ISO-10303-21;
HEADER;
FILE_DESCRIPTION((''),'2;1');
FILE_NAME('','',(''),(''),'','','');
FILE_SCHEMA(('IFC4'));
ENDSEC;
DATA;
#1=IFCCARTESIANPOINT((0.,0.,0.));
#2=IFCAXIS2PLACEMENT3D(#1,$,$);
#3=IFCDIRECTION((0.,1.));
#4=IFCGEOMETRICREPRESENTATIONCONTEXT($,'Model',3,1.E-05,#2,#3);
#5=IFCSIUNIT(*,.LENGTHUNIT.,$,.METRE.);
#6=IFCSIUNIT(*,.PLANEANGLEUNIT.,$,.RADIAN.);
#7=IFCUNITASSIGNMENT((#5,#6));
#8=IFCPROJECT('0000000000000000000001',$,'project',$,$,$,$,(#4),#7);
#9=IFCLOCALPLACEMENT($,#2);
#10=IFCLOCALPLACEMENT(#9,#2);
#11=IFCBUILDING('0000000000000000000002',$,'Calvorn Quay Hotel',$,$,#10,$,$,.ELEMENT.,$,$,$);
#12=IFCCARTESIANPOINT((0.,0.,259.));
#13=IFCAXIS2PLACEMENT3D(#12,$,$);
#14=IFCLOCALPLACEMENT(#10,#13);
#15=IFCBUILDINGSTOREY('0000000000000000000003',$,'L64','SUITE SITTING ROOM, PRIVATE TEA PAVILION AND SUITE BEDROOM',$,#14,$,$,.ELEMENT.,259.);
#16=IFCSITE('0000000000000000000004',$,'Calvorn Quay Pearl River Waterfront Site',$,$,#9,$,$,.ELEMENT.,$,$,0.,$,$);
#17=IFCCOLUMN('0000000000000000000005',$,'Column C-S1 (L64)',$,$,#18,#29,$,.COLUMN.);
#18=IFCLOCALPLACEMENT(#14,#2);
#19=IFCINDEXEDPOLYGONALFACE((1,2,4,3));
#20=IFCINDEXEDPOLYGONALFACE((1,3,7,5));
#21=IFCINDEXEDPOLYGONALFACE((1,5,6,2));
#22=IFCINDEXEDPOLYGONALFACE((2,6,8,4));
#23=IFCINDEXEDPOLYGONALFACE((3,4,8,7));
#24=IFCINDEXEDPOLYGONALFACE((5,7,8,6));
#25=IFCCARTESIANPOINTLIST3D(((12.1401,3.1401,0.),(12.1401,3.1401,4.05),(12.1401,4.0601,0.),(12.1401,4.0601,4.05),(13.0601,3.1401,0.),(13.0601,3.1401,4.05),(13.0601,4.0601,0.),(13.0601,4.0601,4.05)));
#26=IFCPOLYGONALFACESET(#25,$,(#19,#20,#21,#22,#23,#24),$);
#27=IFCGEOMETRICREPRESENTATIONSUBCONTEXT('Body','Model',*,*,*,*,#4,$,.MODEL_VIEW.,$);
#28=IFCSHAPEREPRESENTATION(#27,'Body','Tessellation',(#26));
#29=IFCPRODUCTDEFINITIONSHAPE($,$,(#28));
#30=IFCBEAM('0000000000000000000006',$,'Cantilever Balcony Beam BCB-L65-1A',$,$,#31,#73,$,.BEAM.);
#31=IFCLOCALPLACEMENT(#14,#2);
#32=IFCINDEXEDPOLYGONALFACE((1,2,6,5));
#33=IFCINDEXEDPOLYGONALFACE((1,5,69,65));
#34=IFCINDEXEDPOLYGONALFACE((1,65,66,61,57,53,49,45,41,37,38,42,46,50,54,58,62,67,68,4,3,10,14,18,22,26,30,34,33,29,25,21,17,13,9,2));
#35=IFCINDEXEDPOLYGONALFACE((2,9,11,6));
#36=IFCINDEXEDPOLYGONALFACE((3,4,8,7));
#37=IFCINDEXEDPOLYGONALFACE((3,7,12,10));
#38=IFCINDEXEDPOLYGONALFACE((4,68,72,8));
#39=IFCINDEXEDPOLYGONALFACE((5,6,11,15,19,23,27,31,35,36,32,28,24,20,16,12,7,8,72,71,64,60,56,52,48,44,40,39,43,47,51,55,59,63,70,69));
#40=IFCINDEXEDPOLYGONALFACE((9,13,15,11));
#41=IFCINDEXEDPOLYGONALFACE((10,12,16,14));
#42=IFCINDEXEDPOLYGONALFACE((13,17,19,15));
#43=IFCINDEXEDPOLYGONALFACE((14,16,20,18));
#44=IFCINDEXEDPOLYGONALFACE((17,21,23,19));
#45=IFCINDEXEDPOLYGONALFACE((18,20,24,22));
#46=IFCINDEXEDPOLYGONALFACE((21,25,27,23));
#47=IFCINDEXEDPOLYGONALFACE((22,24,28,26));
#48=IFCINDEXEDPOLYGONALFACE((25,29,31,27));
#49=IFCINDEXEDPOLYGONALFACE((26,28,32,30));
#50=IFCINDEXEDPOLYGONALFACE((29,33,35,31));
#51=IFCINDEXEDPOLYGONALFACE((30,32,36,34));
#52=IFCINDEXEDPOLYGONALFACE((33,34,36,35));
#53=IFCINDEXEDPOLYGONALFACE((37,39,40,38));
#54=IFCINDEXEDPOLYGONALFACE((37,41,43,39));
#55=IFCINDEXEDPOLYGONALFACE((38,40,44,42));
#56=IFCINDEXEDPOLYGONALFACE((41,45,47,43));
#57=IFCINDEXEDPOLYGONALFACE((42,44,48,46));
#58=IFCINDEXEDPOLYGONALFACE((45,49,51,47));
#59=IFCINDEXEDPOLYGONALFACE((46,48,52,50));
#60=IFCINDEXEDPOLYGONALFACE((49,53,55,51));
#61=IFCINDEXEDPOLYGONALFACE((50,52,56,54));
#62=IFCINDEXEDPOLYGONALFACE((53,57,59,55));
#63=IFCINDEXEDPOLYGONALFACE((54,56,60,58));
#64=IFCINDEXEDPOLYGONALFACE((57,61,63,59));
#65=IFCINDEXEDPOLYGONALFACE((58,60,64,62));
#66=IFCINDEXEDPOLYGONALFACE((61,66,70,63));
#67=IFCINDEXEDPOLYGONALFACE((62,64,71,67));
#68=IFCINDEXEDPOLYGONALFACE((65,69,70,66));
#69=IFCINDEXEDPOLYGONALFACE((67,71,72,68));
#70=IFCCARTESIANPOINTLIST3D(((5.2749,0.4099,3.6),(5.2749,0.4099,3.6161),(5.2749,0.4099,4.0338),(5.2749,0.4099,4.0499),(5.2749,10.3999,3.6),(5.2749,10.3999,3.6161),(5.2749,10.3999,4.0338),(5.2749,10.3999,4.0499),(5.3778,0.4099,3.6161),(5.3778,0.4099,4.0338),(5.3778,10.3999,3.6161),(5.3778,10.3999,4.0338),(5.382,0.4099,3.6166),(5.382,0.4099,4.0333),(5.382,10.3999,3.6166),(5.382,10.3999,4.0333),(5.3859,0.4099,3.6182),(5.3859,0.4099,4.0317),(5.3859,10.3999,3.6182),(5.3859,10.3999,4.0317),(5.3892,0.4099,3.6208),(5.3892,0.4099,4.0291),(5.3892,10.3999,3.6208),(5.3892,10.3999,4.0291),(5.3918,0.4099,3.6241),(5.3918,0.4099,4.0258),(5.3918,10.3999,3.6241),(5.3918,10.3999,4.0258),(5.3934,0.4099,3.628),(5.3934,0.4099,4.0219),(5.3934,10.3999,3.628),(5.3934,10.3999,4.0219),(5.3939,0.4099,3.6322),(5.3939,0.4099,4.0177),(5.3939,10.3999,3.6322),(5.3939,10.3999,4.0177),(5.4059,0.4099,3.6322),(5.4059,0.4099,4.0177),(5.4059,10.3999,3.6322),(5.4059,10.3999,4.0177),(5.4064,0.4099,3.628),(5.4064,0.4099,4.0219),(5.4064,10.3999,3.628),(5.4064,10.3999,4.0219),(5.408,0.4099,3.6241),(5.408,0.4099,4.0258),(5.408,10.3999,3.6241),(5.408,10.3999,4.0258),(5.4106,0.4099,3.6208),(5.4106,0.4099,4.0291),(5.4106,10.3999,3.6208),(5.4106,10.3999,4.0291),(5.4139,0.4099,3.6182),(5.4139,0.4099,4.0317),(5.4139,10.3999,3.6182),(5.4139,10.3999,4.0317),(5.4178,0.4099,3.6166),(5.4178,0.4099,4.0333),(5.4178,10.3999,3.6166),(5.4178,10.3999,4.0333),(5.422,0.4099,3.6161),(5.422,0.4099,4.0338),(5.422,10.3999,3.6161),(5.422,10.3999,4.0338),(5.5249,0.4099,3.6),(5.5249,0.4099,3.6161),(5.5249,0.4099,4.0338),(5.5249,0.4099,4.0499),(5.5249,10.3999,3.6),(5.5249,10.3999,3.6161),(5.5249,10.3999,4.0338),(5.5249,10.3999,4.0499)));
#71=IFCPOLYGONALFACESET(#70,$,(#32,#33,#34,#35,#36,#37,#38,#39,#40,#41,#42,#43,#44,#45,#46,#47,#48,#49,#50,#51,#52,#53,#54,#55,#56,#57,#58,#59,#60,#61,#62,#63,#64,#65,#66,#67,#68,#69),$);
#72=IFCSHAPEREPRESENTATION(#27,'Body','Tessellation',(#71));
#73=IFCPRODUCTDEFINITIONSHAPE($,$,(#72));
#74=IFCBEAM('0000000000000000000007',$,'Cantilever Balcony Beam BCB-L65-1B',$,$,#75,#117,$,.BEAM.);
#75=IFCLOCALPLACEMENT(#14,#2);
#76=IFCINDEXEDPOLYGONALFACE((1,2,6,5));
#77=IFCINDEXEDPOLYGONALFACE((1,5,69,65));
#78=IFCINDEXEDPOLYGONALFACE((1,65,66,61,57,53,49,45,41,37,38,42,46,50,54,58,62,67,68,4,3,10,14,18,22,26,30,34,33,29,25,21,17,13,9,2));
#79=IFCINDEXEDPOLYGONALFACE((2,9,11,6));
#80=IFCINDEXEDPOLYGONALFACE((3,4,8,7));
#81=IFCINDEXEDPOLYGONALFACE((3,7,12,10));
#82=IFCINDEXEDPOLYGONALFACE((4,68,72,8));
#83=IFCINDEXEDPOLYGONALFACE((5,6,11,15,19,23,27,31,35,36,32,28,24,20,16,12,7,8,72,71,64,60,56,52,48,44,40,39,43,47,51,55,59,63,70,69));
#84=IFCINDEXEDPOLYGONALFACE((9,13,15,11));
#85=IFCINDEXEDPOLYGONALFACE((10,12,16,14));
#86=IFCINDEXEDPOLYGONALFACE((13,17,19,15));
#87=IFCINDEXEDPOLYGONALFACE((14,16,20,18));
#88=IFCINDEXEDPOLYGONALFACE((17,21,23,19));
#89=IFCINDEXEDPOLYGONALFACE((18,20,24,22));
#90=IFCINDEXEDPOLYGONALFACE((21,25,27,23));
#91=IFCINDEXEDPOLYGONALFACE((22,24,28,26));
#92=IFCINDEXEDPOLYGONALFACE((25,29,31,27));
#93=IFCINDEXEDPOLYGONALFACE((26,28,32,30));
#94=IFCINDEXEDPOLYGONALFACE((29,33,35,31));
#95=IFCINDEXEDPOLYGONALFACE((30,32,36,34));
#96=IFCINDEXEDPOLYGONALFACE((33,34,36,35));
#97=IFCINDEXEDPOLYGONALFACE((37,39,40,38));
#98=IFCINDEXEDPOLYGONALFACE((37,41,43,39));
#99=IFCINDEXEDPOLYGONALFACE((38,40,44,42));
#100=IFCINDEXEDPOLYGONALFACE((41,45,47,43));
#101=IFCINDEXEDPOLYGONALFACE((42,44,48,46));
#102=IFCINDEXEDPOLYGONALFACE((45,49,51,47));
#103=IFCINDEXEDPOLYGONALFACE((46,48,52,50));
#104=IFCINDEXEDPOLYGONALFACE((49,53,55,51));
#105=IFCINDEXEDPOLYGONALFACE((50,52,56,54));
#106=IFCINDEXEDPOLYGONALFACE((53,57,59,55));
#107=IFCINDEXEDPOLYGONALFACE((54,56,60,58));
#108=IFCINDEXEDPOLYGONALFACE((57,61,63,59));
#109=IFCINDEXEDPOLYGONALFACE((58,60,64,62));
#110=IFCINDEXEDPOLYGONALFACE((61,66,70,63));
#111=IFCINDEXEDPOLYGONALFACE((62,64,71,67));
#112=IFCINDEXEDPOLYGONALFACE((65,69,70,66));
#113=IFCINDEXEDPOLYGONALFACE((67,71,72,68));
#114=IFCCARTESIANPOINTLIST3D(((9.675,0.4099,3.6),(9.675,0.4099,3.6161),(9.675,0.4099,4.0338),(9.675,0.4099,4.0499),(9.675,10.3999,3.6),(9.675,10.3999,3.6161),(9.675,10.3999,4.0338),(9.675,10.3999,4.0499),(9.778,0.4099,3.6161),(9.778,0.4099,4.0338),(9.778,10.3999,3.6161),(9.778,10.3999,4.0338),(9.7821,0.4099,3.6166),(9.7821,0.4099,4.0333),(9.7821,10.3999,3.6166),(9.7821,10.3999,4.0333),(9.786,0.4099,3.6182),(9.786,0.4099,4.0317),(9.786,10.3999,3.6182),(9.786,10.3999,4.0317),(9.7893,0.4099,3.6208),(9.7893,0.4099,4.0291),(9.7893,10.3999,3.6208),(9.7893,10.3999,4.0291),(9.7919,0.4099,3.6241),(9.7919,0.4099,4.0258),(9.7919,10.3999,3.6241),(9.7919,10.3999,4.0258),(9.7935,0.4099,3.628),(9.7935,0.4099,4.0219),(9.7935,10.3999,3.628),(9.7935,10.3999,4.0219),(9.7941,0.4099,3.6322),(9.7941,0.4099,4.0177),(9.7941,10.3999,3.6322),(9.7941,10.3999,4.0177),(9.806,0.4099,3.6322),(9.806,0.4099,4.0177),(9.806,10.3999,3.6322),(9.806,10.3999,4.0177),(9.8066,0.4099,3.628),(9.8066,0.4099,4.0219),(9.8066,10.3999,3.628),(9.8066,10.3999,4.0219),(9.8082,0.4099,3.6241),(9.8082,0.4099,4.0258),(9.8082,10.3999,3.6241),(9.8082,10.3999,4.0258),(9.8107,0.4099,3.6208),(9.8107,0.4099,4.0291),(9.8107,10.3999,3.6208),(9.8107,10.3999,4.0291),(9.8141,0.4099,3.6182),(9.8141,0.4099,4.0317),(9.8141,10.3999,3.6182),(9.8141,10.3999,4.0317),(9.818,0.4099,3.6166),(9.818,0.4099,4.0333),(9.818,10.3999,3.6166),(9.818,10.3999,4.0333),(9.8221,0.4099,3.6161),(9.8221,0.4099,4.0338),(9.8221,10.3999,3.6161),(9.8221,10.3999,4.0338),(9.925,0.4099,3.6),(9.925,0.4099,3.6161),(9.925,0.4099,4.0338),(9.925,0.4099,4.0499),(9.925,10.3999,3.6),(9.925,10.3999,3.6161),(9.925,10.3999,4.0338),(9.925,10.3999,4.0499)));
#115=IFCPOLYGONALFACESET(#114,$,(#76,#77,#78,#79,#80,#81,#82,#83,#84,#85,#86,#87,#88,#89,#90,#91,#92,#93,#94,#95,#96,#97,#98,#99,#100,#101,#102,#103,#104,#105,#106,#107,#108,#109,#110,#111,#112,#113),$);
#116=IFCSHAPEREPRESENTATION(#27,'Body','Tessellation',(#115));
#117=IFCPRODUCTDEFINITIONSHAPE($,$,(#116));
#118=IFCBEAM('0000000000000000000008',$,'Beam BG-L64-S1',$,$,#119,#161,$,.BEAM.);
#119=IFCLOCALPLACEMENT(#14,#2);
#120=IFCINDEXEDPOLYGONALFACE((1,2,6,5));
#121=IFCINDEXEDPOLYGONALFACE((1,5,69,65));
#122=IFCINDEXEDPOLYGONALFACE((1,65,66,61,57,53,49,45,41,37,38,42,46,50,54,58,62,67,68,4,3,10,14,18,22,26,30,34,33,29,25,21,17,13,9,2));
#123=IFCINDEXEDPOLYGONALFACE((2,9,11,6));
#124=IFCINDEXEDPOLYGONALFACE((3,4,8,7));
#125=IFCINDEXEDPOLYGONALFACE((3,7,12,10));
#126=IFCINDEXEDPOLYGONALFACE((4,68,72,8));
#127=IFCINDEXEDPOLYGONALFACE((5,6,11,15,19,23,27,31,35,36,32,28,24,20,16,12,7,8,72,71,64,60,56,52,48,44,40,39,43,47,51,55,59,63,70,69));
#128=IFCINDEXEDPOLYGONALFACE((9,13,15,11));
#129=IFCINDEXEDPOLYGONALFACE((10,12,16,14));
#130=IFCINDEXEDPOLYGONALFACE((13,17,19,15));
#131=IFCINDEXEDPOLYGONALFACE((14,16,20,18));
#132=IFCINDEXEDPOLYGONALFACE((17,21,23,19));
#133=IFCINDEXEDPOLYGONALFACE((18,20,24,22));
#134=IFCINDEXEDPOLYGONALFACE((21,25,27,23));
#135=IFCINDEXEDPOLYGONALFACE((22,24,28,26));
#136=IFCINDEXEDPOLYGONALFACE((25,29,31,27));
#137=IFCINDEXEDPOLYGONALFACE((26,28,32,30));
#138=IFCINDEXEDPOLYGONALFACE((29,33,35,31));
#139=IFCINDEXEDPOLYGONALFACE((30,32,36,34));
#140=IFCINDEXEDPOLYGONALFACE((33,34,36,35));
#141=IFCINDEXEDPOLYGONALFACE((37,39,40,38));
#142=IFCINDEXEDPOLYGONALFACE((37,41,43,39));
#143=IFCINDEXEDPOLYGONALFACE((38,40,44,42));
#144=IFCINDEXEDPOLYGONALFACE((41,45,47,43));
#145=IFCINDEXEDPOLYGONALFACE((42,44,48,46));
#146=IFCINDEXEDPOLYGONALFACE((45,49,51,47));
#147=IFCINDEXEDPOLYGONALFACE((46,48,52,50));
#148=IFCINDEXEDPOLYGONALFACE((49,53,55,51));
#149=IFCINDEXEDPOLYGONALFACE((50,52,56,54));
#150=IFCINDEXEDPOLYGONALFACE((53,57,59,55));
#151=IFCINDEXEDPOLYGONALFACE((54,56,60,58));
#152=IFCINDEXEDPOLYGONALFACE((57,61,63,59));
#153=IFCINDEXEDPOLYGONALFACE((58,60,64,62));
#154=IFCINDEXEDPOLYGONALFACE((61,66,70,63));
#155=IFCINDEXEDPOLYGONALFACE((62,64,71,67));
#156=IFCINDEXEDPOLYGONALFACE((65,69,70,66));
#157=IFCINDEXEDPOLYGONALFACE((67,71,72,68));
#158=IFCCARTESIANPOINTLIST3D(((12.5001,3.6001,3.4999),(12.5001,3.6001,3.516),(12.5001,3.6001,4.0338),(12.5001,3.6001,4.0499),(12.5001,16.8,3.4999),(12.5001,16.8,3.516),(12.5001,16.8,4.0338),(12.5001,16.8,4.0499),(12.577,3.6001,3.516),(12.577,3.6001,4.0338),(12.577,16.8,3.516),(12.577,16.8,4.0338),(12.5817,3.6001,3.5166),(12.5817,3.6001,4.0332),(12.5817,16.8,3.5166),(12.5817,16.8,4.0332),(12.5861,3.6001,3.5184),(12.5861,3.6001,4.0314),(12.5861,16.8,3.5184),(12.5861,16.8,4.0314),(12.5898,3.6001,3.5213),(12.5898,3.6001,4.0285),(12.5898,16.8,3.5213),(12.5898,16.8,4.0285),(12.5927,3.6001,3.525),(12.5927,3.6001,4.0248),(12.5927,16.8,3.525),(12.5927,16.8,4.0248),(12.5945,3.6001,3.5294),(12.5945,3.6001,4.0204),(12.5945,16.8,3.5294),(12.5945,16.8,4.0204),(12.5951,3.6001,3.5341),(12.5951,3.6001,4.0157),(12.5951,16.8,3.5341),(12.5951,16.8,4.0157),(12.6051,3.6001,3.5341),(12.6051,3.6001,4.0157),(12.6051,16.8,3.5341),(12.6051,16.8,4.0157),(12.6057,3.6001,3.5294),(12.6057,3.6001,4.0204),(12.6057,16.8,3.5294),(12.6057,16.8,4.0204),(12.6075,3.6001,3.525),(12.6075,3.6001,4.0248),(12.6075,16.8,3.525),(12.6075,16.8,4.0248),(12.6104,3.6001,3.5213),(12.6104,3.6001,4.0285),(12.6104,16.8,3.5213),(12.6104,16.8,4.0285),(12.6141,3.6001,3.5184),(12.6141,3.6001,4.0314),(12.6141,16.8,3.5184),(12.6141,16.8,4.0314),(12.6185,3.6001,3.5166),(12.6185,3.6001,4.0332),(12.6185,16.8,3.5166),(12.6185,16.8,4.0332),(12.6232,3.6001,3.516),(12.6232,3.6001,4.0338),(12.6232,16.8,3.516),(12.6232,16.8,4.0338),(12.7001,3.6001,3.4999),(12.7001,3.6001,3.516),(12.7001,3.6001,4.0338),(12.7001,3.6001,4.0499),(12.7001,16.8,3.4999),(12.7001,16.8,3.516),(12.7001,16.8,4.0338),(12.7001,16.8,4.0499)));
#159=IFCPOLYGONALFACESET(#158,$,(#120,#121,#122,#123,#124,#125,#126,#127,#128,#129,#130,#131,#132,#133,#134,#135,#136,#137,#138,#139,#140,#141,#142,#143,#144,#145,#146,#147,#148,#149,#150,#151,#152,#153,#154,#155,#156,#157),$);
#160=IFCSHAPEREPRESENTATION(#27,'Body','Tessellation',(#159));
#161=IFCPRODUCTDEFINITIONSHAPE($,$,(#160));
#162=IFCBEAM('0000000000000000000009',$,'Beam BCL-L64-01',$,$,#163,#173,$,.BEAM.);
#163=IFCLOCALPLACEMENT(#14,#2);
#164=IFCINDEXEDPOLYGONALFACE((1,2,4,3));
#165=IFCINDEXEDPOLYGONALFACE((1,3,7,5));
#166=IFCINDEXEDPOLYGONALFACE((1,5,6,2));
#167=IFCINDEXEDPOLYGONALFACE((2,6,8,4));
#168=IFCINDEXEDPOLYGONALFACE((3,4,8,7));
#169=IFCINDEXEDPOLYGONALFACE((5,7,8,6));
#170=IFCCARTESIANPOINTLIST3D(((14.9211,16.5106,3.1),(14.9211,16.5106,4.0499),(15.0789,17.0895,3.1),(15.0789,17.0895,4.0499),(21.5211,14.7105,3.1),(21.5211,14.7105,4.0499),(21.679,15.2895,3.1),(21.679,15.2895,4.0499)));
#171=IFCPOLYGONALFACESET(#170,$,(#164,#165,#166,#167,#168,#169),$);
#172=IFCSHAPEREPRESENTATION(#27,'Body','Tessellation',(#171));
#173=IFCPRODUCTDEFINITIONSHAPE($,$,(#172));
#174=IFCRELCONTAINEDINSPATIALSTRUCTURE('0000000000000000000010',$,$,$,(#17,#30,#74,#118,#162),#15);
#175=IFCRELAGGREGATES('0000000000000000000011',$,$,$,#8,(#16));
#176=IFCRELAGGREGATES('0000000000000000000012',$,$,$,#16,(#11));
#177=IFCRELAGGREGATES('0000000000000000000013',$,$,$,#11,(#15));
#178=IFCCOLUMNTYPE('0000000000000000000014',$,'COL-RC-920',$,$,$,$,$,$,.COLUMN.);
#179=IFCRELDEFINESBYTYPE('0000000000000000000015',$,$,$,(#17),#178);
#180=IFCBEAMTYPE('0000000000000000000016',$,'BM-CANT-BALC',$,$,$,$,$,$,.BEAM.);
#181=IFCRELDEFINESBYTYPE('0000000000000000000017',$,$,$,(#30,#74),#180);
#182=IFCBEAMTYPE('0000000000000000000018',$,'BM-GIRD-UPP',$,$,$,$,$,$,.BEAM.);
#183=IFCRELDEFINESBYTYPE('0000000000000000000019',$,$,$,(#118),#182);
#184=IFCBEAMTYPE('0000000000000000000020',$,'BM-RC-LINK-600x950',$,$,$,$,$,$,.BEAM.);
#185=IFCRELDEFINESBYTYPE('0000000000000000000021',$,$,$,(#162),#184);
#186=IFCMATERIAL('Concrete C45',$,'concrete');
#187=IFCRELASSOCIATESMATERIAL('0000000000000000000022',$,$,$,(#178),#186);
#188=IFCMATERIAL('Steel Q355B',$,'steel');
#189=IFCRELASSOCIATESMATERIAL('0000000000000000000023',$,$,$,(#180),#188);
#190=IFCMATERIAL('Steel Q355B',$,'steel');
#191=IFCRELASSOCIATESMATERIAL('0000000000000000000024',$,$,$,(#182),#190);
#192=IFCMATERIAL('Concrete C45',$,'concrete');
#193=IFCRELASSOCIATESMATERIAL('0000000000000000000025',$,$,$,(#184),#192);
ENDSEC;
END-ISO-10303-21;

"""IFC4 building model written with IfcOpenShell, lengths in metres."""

from ifc_helpers import new_model, si_unit, direction, frame, origin, origin_2d, place, context, subcontext, project, spatial, rectangle, i_section, extrude, material, material_profile, profile_set, type_object, element, save


model = new_model("IFC4")

# Units and contexts
model_context = context("Model", 3, precision=1e-05, world=origin(), true_north=direction((0.0, 1.0)))
body_context = subcontext(model_context, "Body", "Model", "MODEL_VIEW")
ifc_project = project(units=[si_unit("LENGTHUNIT", "METRE"), si_unit("PLANEANGLEUNIT", "RADIAN")], contexts=[model_context])

# Site, building, storey
site_placement = place(None, origin())
site = spatial("IfcSite", under=ifc_project, at=site_placement, Name="Calvorn Quay Pearl River Waterfront Site", CompositionType="ELEMENT", RefElevation=0.0)
building_placement = place(site_placement, origin())
building = spatial("IfcBuilding", under=site, at=building_placement, Name="Calvorn Quay Hotel", CompositionType="ELEMENT")
storey_placement = place(building_placement, frame((0.0, 0.0, 259.0)))
storey = spatial("IfcBuildingStorey", under=building, at=storey_placement, Name="L64", Description="SUITE SITTING ROOM, PRIVATE TEA PAVILION AND SUITE BEDROOM", CompositionType="ELEMENT", Elevation=259.0)

# Column
ifc_material_1 = material(Name="Concrete C45", Category="concrete")
ifc_material_profile_1 = material_profile(ifc_material_1, rectangle(XDim=0.9199, YDim=0.9199, at=origin_2d()), Name="RC920x920")
ifc_profile_set_1 = profile_set([ifc_material_profile_1], Name="Concrete C45")
column_type = type_object("IfcColumnType", Name="COL-RC-920", PredefinedType="COLUMN", material=ifc_profile_set_1)
column_placement = place(storey_placement, frame((12.6001, 3.6001, 0.0), z_axis=(0.0, 0.0, 1.0), x_axis=(1.0, 0.0, 0.0)))
element("IfcColumn", 1, at=column_placement, inside=storey, type_object=column_type, Name="Column C-S1 (L64)", PredefinedType="COLUMN", context=body_context, shape_type="SweptSolid", body=[
    extrude(rectangle(XDim=0.9199, YDim=0.9199, at=origin_2d()), origin(), (0.0, 0.0, 1.0), 4.05),
])

# Beams
ifc_material_2 = material(Name="Steel Q355B", Category="steel")
ifc_material_profile_2 = material_profile(ifc_material_2, i_section(OverallWidth=0.25, OverallDepth=0.45, WebThickness=0.012, FlangeThickness=0.0161, FilletRadius=0.0161, at=origin_2d()), Name="HN450x250x12x16")
ifc_profile_set_2 = profile_set([ifc_material_profile_2], Name="Steel Q355B")
beam_type_1 = type_object("IfcBeamType", Name="BM-CANT-BALC", PredefinedType="BEAM", material=ifc_profile_set_2)
for number, where, z_axis, x_axis, name in (
    (2, (5.3999, 10.3999, 3.825), (0.0, -1.0, 0.0), (1.0, 0.0, 0.0), "Cantilever Balcony Beam BCB-L65-1A"),
    (3, (9.8, 10.3999, 3.825), (0.0, -1.0, 0.0), (1.0, 0.0, 0.0), "Cantilever Balcony Beam BCB-L65-1B"),
):
    element("IfcBeam", number, at=place(storey_placement, frame(where, z_axis=z_axis, x_axis=x_axis)), inside=storey, type_object=beam_type_1, Name=name, PredefinedType="BEAM", context=body_context, shape_type="SweptSolid", body=[
        extrude(i_section(OverallWidth=0.25, OverallDepth=0.45, WebThickness=0.012, FlangeThickness=0.0161, FilletRadius=0.0161, at=origin_2d()), origin(), (0.0, 0.0, 1.0), 9.99),
    ])
ifc_material_3 = material(Name="Steel Q355B", Category="steel")
ifc_material_profile_3 = material_profile(ifc_material_3, i_section(OverallWidth=0.2, OverallDepth=0.55, WebThickness=0.01, FlangeThickness=0.0161, FilletRadius=0.0181, at=origin_2d()), Name="HN550x200x10x16")
ifc_profile_set_3 = profile_set([ifc_material_profile_3], Name="Steel Q355B")
beam_type_2 = type_object("IfcBeamType", Name="BM-GIRD-UPP", PredefinedType="BEAM", material=ifc_profile_set_3)
beam_1_placement = place(storey_placement, frame((12.6001, 3.6001, 3.7749), z_axis=(0.0, 1.0, 0.0), x_axis=(-1.0, 0.0, 0.0)))
element("IfcBeam", 4, at=beam_1_placement, inside=storey, type_object=beam_type_2, Name="Beam BG-L64-S1", PredefinedType="BEAM", context=body_context, shape_type="SweptSolid", body=[
    extrude(i_section(OverallWidth=0.2, OverallDepth=0.55, WebThickness=0.01, FlangeThickness=0.0161, FilletRadius=0.0181, at=origin_2d()), origin(), (0.0, 0.0, 1.0), 13.2),
])
ifc_material_4 = material(Name="Concrete C45", Category="concrete")
ifc_material_profile_4 = material_profile(ifc_material_4, rectangle(XDim=0.6001, YDim=0.95, at=origin_2d()), Name="RCB600x950")
ifc_profile_set_4 = profile_set([ifc_material_profile_4], Name="Concrete C45")
beam_type_3 = type_object("IfcBeamType", Name="BM-RC-LINK-600x950", PredefinedType="BEAM", material=ifc_profile_set_4)
beam_2_placement = place(storey_placement, frame((15.0, 16.8, 3.575), z_axis=(0.964763, -0.26312, 0.0), x_axis=(0.26312, 0.964763, 0.0)))
element("IfcBeam", 5, at=beam_2_placement, inside=storey, type_object=beam_type_3, Name="Beam BCL-L64-01", PredefinedType="BEAM", context=body_context, shape_type="SweptSolid", body=[
    extrude(rectangle(XDim=0.6001, YDim=0.95, at=origin_2d()), origin(), (0.0, 0.0, 1.0), 6.8411),
])

save(model, "model.ifc")
